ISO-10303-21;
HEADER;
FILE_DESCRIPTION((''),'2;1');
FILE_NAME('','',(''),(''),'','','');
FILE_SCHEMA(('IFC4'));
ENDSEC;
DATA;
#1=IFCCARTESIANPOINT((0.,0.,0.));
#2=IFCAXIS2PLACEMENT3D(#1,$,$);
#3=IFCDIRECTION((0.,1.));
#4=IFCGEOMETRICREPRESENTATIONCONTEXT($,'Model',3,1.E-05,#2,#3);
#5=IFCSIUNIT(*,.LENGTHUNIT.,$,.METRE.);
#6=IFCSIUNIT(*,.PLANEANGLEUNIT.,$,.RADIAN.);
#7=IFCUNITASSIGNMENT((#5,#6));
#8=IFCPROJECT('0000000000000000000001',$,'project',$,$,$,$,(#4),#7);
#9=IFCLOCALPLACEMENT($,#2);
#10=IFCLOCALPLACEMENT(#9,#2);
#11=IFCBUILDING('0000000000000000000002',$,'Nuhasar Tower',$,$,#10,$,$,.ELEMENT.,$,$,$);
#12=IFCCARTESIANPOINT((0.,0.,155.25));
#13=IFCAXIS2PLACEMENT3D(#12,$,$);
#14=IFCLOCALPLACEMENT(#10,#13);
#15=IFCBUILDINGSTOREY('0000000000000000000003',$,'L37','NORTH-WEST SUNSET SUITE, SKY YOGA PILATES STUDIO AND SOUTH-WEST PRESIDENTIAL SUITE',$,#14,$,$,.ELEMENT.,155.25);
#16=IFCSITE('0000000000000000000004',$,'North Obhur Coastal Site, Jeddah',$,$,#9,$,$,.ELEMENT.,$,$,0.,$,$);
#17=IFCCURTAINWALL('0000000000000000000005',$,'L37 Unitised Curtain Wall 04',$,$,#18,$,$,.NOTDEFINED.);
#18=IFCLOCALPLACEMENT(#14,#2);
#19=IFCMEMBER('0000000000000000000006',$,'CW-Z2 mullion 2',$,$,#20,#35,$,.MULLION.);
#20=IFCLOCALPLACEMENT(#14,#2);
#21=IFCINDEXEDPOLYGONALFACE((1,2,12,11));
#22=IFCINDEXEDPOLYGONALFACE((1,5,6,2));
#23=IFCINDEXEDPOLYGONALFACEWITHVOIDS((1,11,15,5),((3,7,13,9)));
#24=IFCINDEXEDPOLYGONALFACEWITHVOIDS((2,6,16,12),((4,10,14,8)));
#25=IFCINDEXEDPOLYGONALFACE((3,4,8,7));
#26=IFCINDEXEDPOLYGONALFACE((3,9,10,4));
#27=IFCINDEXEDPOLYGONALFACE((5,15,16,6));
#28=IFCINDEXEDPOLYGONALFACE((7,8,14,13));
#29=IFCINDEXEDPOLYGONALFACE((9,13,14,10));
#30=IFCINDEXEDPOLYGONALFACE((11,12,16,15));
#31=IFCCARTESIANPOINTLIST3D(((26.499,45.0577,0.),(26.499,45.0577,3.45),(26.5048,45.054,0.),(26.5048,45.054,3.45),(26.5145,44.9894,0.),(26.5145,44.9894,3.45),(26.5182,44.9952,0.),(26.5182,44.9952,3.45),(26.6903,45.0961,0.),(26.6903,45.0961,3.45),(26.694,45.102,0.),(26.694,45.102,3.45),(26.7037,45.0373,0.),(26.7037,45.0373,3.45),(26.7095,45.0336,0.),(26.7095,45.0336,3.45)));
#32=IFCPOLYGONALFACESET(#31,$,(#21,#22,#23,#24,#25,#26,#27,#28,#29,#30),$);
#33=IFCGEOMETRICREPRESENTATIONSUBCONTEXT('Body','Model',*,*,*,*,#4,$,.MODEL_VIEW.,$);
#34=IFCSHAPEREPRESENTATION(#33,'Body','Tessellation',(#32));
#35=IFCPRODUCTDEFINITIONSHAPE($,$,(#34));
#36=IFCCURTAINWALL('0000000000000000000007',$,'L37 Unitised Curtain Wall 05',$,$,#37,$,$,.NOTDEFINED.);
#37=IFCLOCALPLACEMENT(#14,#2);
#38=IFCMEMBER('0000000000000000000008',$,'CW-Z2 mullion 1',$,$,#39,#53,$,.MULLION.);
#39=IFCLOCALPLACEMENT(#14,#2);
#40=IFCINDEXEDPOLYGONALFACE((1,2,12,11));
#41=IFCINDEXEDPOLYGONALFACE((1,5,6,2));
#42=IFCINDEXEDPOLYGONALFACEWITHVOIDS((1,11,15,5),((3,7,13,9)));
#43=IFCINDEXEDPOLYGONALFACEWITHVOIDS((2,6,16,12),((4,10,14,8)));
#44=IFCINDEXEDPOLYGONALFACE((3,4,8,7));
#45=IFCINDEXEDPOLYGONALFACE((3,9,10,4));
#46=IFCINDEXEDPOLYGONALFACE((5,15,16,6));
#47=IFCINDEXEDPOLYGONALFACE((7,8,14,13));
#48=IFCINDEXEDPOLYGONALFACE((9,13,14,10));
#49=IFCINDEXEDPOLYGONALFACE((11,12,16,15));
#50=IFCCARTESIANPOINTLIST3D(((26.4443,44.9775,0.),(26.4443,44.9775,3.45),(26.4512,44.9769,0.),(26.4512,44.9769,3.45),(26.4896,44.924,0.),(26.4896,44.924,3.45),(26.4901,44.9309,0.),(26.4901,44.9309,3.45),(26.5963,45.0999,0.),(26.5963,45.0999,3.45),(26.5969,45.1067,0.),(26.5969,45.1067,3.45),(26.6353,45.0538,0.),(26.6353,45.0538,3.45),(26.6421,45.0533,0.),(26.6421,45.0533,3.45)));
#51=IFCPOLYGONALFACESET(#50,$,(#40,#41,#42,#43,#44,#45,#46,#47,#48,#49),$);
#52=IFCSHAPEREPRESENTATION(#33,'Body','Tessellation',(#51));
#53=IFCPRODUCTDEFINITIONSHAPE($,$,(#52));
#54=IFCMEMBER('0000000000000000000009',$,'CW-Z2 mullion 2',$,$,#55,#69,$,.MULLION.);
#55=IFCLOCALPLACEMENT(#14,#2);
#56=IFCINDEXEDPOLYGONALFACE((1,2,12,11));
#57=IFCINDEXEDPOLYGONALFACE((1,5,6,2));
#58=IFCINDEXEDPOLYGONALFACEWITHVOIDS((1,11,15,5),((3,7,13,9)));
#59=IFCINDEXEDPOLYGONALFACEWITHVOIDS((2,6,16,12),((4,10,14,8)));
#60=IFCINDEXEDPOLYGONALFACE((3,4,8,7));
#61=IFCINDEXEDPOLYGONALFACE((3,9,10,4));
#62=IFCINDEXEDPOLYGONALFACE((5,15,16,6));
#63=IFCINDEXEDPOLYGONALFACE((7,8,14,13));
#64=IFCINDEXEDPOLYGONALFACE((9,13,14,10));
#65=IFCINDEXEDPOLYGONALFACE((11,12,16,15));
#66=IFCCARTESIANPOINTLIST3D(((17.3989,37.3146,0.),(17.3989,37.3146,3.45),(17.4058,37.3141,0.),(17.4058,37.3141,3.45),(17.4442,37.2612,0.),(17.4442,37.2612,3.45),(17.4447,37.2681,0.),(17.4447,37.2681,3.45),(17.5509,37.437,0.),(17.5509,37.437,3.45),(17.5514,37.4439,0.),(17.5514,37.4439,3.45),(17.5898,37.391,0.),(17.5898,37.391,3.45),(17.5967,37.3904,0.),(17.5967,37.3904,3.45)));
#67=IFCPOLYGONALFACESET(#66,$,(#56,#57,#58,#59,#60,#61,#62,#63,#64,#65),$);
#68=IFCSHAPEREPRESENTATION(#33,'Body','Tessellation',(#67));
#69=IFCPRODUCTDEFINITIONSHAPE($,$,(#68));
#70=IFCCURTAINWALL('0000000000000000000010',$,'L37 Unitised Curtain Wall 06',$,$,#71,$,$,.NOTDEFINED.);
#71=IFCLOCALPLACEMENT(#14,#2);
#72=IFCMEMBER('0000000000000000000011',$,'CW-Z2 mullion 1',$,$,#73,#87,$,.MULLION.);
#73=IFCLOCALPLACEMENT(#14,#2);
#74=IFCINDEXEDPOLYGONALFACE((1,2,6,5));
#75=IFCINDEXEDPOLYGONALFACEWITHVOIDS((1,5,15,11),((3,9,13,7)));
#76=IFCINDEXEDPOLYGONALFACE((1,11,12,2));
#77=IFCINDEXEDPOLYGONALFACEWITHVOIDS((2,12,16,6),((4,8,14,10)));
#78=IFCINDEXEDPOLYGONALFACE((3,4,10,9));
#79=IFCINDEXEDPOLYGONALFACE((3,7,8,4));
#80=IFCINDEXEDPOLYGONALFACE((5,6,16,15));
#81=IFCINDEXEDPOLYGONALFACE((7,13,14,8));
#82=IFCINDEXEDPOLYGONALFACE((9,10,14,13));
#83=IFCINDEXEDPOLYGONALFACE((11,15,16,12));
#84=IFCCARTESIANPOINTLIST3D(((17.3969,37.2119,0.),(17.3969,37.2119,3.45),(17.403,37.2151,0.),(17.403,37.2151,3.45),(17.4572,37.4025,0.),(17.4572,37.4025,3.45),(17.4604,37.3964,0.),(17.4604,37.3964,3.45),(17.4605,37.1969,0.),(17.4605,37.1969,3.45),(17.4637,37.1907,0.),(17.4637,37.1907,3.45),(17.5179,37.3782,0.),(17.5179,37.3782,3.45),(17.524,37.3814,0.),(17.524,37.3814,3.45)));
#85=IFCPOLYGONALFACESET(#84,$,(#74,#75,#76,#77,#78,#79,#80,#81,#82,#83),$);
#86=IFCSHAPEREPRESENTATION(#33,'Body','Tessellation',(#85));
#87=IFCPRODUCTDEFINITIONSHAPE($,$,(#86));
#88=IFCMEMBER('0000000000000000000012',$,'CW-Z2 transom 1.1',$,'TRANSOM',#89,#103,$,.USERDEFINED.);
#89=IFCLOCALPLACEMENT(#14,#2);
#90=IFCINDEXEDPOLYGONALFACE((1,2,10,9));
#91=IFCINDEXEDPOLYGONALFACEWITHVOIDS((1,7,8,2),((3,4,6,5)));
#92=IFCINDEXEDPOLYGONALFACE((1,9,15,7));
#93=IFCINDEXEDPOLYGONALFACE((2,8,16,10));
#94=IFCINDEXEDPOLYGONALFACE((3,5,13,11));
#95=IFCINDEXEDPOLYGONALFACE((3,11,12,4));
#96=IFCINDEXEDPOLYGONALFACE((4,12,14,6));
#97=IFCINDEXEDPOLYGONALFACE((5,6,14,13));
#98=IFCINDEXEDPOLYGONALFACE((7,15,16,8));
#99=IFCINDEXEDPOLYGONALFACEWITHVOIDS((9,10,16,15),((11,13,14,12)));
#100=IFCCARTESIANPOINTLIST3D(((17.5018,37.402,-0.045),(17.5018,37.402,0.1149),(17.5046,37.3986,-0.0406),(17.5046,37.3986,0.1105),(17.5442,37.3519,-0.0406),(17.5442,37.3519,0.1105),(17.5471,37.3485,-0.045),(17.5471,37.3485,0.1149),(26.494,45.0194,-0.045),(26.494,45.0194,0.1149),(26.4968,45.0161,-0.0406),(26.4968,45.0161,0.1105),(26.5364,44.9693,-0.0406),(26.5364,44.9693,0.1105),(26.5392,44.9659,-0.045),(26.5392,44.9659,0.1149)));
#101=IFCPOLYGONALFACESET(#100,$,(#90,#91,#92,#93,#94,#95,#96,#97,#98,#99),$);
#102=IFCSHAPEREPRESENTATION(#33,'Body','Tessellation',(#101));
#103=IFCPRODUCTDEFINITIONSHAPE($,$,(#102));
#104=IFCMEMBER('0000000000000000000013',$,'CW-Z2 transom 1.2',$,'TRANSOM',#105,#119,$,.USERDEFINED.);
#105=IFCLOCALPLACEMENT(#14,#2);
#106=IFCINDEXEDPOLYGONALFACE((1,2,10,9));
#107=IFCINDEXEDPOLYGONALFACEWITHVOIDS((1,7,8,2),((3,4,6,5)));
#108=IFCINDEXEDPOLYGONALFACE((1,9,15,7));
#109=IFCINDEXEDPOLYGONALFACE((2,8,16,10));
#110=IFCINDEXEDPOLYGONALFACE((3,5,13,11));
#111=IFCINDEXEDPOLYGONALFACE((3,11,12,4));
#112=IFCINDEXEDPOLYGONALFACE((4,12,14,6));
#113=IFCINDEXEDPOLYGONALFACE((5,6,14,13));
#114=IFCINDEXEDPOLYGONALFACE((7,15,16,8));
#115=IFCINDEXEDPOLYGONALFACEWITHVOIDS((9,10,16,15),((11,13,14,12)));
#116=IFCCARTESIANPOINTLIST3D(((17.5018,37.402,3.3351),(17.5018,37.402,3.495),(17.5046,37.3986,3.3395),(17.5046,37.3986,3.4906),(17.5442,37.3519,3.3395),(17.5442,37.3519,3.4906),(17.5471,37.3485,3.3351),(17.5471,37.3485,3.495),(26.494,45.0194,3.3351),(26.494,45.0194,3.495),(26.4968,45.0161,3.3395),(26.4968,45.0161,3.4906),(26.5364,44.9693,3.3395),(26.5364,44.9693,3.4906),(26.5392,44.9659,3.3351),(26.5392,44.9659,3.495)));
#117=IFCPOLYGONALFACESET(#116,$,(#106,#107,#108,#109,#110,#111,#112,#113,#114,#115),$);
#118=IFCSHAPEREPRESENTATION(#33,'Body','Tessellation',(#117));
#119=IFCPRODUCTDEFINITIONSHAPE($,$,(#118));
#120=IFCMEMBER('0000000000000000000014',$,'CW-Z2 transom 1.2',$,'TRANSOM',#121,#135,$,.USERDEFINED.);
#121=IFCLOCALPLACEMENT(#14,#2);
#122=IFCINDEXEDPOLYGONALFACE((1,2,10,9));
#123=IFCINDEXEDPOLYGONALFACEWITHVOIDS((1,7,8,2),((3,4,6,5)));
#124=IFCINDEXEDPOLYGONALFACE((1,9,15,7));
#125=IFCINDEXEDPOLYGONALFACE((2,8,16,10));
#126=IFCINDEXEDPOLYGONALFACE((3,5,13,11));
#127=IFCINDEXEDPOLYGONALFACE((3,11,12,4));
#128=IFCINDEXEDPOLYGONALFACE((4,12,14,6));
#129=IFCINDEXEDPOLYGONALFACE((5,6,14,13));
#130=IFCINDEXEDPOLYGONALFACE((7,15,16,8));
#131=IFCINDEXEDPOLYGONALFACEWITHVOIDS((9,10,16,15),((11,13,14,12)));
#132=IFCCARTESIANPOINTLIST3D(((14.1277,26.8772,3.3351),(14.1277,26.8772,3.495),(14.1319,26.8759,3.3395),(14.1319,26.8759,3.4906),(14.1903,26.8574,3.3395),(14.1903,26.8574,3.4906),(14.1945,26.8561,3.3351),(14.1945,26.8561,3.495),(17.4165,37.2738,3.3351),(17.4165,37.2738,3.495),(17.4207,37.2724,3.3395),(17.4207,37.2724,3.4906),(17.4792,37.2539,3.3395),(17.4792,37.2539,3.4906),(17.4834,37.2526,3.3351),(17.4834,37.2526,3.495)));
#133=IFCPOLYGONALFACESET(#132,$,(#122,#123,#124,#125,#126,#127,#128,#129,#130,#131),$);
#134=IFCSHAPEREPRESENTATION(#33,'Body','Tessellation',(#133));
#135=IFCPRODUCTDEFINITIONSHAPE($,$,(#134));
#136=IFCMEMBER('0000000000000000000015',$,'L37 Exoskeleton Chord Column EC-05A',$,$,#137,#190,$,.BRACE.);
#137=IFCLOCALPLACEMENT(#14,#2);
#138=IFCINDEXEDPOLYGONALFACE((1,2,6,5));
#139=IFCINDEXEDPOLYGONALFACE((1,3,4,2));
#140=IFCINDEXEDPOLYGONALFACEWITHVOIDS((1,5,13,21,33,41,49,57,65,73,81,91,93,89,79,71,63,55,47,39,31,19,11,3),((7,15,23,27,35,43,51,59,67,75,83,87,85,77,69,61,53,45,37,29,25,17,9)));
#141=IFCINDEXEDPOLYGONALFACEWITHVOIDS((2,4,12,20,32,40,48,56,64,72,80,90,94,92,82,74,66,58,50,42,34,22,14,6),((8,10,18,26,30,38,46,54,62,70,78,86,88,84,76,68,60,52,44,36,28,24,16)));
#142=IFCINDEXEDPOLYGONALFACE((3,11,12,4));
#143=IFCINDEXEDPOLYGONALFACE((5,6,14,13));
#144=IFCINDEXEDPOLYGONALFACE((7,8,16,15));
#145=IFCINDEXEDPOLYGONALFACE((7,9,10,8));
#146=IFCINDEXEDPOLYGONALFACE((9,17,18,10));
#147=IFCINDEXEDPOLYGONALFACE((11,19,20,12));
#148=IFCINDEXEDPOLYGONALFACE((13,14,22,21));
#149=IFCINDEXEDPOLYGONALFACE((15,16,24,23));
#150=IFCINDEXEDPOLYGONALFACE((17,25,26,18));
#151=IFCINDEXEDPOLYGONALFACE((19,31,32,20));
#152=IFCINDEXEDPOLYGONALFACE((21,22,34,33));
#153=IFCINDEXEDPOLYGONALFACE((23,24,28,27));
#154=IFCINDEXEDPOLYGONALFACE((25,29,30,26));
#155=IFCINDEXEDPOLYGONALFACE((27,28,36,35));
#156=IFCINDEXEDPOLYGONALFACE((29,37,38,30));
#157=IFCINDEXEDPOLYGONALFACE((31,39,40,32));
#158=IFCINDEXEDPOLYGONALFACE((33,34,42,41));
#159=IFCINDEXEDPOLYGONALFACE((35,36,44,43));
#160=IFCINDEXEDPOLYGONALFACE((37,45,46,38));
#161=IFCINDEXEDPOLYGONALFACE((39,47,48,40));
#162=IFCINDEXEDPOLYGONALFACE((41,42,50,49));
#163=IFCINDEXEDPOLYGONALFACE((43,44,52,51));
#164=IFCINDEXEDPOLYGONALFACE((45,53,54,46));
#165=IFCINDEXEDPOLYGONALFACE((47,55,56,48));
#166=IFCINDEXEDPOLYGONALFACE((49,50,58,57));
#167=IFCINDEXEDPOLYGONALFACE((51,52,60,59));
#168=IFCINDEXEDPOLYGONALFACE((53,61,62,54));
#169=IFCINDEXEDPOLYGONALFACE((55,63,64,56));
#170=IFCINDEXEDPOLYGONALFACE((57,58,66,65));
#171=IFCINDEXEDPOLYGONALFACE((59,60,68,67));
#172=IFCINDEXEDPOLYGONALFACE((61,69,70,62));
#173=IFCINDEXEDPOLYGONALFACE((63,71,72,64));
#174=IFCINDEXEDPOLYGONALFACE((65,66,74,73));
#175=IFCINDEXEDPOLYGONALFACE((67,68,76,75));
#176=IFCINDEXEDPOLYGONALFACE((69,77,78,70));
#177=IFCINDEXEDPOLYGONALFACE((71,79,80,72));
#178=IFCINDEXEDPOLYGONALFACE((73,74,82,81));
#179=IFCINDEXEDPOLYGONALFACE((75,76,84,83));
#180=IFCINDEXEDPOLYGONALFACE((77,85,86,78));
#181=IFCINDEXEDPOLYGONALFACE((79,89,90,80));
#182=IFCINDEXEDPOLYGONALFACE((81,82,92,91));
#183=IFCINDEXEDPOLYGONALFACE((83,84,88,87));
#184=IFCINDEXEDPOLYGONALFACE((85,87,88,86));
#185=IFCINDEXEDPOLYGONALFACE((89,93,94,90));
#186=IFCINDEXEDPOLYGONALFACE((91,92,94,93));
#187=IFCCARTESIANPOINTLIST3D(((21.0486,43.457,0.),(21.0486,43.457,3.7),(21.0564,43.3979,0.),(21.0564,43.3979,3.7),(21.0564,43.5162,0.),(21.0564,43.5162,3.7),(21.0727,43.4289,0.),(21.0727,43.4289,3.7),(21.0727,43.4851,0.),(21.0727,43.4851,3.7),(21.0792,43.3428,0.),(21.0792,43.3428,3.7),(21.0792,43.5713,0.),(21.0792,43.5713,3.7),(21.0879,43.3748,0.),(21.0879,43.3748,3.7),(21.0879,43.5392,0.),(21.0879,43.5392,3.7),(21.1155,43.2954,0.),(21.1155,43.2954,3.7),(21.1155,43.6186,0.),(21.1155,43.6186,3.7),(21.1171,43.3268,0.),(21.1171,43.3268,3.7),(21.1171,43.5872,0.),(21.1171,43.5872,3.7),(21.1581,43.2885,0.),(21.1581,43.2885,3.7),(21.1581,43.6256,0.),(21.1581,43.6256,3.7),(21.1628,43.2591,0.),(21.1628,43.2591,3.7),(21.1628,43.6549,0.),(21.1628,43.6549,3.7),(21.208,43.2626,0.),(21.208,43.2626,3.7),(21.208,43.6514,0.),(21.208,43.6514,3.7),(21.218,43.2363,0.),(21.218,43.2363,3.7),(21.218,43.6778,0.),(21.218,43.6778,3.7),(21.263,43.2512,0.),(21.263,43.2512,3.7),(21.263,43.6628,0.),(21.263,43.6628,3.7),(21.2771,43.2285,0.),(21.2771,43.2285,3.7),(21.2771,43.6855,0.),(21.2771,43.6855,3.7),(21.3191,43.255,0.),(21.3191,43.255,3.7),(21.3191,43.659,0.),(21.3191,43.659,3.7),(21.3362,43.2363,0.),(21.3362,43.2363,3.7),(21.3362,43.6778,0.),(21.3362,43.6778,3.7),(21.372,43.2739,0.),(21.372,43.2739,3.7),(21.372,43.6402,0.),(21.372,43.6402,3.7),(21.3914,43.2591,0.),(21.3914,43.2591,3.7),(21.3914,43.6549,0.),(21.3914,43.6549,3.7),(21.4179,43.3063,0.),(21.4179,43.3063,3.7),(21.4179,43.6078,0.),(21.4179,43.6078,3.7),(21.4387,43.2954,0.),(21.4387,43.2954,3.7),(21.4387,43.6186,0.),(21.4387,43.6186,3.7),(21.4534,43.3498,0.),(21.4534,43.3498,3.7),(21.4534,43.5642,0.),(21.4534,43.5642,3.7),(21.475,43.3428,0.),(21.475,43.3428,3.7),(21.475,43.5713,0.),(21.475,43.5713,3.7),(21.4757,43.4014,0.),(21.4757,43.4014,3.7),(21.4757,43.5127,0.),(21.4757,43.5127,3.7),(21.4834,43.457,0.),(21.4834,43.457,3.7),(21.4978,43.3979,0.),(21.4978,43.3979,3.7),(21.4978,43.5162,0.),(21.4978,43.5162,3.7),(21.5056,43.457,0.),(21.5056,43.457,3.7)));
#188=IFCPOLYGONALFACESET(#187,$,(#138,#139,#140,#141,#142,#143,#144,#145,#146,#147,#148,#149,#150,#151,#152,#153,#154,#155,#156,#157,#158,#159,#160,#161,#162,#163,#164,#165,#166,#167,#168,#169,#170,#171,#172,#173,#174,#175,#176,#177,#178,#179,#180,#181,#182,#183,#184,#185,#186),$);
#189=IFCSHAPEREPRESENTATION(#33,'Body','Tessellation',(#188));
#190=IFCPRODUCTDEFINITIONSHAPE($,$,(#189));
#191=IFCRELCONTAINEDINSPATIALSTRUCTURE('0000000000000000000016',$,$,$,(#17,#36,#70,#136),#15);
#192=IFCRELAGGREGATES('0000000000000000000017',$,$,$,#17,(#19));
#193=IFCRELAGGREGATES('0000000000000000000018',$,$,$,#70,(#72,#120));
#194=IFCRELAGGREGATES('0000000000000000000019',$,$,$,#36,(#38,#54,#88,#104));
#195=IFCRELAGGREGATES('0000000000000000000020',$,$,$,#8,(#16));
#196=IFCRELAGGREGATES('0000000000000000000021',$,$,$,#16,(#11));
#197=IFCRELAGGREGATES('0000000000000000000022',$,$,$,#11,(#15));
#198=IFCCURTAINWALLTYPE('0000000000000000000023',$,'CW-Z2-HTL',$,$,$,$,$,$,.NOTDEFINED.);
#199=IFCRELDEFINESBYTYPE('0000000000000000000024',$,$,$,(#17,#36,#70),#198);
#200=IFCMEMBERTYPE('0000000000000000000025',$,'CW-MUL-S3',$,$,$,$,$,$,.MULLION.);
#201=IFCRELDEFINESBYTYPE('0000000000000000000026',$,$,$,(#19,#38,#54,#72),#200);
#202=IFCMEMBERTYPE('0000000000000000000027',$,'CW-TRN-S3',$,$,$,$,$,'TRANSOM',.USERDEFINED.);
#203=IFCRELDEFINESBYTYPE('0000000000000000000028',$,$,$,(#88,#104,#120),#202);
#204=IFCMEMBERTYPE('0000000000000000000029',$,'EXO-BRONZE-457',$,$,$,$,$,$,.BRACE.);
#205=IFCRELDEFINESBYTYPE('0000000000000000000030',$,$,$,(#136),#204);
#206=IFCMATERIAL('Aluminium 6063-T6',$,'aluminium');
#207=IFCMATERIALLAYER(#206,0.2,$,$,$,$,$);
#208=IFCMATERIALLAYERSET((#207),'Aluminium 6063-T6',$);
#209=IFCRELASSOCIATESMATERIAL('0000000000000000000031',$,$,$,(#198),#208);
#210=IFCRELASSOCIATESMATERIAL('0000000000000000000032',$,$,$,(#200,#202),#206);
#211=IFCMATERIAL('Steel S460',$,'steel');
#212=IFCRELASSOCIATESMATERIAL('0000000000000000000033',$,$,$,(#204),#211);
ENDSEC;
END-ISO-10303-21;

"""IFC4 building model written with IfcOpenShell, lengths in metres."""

from ifc_helpers import new_model, si_unit, direction, frame, origin, origin_2d, place, context, subcontext, project, spatial, hollow_rectangle, hollow_circle, extrude, material, layer, layer_set, material_profile, profile_set, type_object, element, aggregate, save


model = new_model("IFC4")

# Units and contexts
model_context = context("Model", 3, precision=1e-05, world=origin(), true_north=direction((0.0, 1.0)))
body_context = subcontext(model_context, "Body", "Model", "MODEL_VIEW")
ifc_project = project(units=[si_unit("LENGTHUNIT", "METRE"), si_unit("PLANEANGLEUNIT", "RADIAN")], contexts=[model_context])

# Site, building, storey
site_placement = place(None, origin())
site = spatial("IfcSite", under=ifc_project, at=site_placement, Name="North Obhur Coastal Site, Jeddah", CompositionType="ELEMENT", RefElevation=0.0)
building_placement = place(site_placement, origin())
building = spatial("IfcBuilding", under=site, at=building_placement, Name="Nuhasar Tower", CompositionType="ELEMENT")
storey_placement = place(building_placement, frame((0.0, 0.0, 155.25)))
storey = spatial("IfcBuildingStorey", under=building, at=storey_placement, Name="L37", Description="NORTH-WEST SUNSET SUITE, SKY YOGA PILATES STUDIO AND SOUTH-WEST PRESIDENTIAL SUITE", CompositionType="ELEMENT", Elevation=155.25)

# Curtain wall, member
ifc_material_1 = material(Name="Aluminium 6063-T6", Category="aluminium")
ifc_layer_1 = layer(ifc_material_1, 0.2)
ifc_layer_set_1 = layer_set([ifc_layer_1], Name="Aluminium 6063-T6")
curtain_wall_type = type_object("IfcCurtainWallType", Name="CW-Z2-HTL", PredefinedType="NOTDEFINED", material=ifc_layer_set_1)
curtain_wall_1_placement = place(storey_placement, origin())
curtain_wall_1 = element("IfcCurtainWall", 1, at=curtain_wall_1_placement, inside=storey, type_object=curtain_wall_type, Name="L37 Unitised Curtain Wall 04", PredefinedType="NOTDEFINED")
ifc_material_profile_1 = material_profile(ifc_material_1, hollow_rectangle(XDim=0.0701, YDim=0.2, WallThickness=0.0049, at=origin_2d()), Name="CWM-3")
ifc_profile_set_1 = profile_set([ifc_material_profile_1], Name="Aluminium 6063-T6")
member_type_1 = type_object("IfcMemberType", Name="CW-MUL-S3", PredefinedType="MULLION", material=ifc_profile_set_1)
member_1_placement = place(storey_placement, frame((26.6042, 45.0457, 0.0), z_axis=(0.0, 0.0, 1.0), x_axis=(0.221397, -0.975184, 0.0)))
member_1 = element("IfcMember", 2, at=member_1_placement, type_object=member_type_1, Name="CW-Z2 mullion 2", PredefinedType="MULLION", context=body_context, shape_type="SweptSolid", body=[
    extrude(hollow_rectangle(XDim=0.0701, YDim=0.2, WallThickness=0.0049, at=origin_2d()), origin(), (0.0, 0.0, 1.0), 3.45),
])
aggregate(curtain_wall_1, [member_1])

# Curtain wall, members
curtain_wall_2_placement = place(storey_placement, origin())
curtain_wall_2 = element("IfcCurtainWall", 3, at=curtain_wall_2_placement, inside=storey, type_object=curtain_wall_type, Name="L37 Unitised Curtain Wall 05", PredefinedType="NOTDEFINED")
member_2_placement = place(storey_placement, frame((26.5432, 45.0154, 0.0), z_axis=(0.0, 0.0, 1.0), x_axis=(0.646374, -0.76302, 0.0)))
member_2 = element("IfcMember", 4, at=member_2_placement, type_object=member_type_1, Name="CW-Z2 mullion 1", PredefinedType="MULLION", context=body_context, shape_type="SweptSolid", body=[
    extrude(hollow_rectangle(XDim=0.0701, YDim=0.2, WallThickness=0.0049, at=origin_2d()), origin(), (0.0, 0.0, 1.0), 3.45),
])
member_3_placement = place(storey_placement, frame((17.4978, 37.3525, 0.0), z_axis=(0.0, 0.0, 1.0), x_axis=(0.646374, -0.76302, 0.0)))
member_3 = element("IfcMember", 5, at=member_3_placement, type_object=member_type_1, Name="CW-Z2 mullion 2", PredefinedType="MULLION", context=body_context, shape_type="SweptSolid", body=[
    extrude(hollow_rectangle(XDim=0.0701, YDim=0.2, WallThickness=0.0049, at=origin_2d()), origin(), (0.0, 0.0, 1.0), 3.45),
])

# Curtain wall, member
curtain_wall_3_placement = place(storey_placement, origin())
curtain_wall_3 = element("IfcCurtainWall", 6, at=curtain_wall_3_placement, inside=storey, type_object=curtain_wall_type, Name="L37 Unitised Curtain Wall 06", PredefinedType="NOTDEFINED")
member_4_placement = place(storey_placement, frame((17.4604, 37.2966, 0.0), z_axis=(0.0, 0.0, 1.0), x_axis=(0.953433, -0.301604, 0.0)))
member_4 = element("IfcMember", 7, at=member_4_placement, type_object=member_type_1, Name="CW-Z2 mullion 1", PredefinedType="MULLION", context=body_context, shape_type="SweptSolid", body=[
    extrude(hollow_rectangle(XDim=0.0701, YDim=0.2, WallThickness=0.0049, at=origin_2d()), origin(), (0.0, 0.0, 1.0), 3.45),
])

# Members
ifc_material_profile_2 = material_profile(ifc_material_1, hollow_rectangle(XDim=0.0701, YDim=0.1599, WallThickness=0.0044, at=origin_2d()), Name="CWT-3")
ifc_profile_set_2 = profile_set([ifc_material_profile_2], Name="Aluminium 6063-T6")
member_type_2 = type_object("IfcMemberType", Name="CW-TRN-S3", ElementType="TRANSOM", PredefinedType="USERDEFINED", material=ifc_profile_set_2)
member_5_placement = place(storey_placement, frame((26.5166, 44.9927, 0.0349), z_axis=(-0.763024, -0.64637, 0.0), x_axis=(0.64637, -0.763024, 0.0)))
member_5 = element("IfcMember", 8, at=member_5_placement, type_object=member_type_2, Name="CW-Z2 transom 1.1", ObjectType="TRANSOM", PredefinedType="USERDEFINED", context=body_context, shape_type="SweptSolid", body=[
    extrude(hollow_rectangle(XDim=0.0701, YDim=0.1599, WallThickness=0.0044, at=origin_2d()), origin(), (0.0, 0.0, 1.0), 11.7849),
])
member_6_placement = place(storey_placement, frame((26.5166, 44.9927, 3.415), z_axis=(-0.763024, -0.64637, 0.0), x_axis=(0.64637, -0.763024, 0.0)))
member_6 = element("IfcMember", 9, at=member_6_placement, type_object=member_type_2, Name="CW-Z2 transom 1.2", ObjectType="TRANSOM", PredefinedType="USERDEFINED", context=body_context, shape_type="SweptSolid", body=[
    extrude(hollow_rectangle(XDim=0.0701, YDim=0.1599, WallThickness=0.0044, at=origin_2d()), origin(), (0.0, 0.0, 1.0), 11.7849),
])
member_7_placement = place(storey_placement, frame((17.45, 37.2632, 3.415), z_axis=(-0.301608, -0.953432, 0.0), x_axis=(0.953432, -0.301608, 0.0)))
member_7 = element("IfcMember", 10, at=member_7_placement, type_object=member_type_2, Name="CW-Z2 transom 1.2", ObjectType="TRANSOM", PredefinedType="USERDEFINED", context=body_context, shape_type="SweptSolid", body=[
    extrude(hollow_rectangle(XDim=0.0701, YDim=0.1599, WallThickness=0.0044, at=origin_2d()), origin(), (0.0, 0.0, 1.0), 10.9043),
])
aggregate(curtain_wall_3, [member_4, member_7])

# Member
ifc_material_2 = material(Name="Steel S460", Category="steel")
ifc_material_profile_3 = material_profile(ifc_material_2, hollow_circle(Radius=0.2285, WallThickness=0.0222, at=origin_2d()), Name="HSS457X22.2")
ifc_profile_set_3 = profile_set([ifc_material_profile_3], Name="Steel S460")
member_type_3 = type_object("IfcMemberType", Name="EXO-BRONZE-457", PredefinedType="BRACE", material=ifc_profile_set_3)
for number, where, z_axis, x_axis, name in (
    (11, (21.2771, 43.457, 0.0), (0.0, 0.0, 1.0), (1.0, 0.0, 0.0), "L37 Exoskeleton Chord Column EC-05A"),
):
    element("IfcMember", number, at=place(storey_placement, frame(where, z_axis=z_axis, x_axis=x_axis)), inside=storey, type_object=member_type_3, Name=name, PredefinedType="BRACE", context=body_context, shape_type="SweptSolid", body=[
        extrude(hollow_circle(Radius=0.2285, WallThickness=0.0222, at=origin_2d()), origin(), (0.0, 0.0, 1.0), 3.7),
    ])

aggregate(curtain_wall_2, [member_2, member_3, member_5, member_6])

save(model, "model.ifc")
